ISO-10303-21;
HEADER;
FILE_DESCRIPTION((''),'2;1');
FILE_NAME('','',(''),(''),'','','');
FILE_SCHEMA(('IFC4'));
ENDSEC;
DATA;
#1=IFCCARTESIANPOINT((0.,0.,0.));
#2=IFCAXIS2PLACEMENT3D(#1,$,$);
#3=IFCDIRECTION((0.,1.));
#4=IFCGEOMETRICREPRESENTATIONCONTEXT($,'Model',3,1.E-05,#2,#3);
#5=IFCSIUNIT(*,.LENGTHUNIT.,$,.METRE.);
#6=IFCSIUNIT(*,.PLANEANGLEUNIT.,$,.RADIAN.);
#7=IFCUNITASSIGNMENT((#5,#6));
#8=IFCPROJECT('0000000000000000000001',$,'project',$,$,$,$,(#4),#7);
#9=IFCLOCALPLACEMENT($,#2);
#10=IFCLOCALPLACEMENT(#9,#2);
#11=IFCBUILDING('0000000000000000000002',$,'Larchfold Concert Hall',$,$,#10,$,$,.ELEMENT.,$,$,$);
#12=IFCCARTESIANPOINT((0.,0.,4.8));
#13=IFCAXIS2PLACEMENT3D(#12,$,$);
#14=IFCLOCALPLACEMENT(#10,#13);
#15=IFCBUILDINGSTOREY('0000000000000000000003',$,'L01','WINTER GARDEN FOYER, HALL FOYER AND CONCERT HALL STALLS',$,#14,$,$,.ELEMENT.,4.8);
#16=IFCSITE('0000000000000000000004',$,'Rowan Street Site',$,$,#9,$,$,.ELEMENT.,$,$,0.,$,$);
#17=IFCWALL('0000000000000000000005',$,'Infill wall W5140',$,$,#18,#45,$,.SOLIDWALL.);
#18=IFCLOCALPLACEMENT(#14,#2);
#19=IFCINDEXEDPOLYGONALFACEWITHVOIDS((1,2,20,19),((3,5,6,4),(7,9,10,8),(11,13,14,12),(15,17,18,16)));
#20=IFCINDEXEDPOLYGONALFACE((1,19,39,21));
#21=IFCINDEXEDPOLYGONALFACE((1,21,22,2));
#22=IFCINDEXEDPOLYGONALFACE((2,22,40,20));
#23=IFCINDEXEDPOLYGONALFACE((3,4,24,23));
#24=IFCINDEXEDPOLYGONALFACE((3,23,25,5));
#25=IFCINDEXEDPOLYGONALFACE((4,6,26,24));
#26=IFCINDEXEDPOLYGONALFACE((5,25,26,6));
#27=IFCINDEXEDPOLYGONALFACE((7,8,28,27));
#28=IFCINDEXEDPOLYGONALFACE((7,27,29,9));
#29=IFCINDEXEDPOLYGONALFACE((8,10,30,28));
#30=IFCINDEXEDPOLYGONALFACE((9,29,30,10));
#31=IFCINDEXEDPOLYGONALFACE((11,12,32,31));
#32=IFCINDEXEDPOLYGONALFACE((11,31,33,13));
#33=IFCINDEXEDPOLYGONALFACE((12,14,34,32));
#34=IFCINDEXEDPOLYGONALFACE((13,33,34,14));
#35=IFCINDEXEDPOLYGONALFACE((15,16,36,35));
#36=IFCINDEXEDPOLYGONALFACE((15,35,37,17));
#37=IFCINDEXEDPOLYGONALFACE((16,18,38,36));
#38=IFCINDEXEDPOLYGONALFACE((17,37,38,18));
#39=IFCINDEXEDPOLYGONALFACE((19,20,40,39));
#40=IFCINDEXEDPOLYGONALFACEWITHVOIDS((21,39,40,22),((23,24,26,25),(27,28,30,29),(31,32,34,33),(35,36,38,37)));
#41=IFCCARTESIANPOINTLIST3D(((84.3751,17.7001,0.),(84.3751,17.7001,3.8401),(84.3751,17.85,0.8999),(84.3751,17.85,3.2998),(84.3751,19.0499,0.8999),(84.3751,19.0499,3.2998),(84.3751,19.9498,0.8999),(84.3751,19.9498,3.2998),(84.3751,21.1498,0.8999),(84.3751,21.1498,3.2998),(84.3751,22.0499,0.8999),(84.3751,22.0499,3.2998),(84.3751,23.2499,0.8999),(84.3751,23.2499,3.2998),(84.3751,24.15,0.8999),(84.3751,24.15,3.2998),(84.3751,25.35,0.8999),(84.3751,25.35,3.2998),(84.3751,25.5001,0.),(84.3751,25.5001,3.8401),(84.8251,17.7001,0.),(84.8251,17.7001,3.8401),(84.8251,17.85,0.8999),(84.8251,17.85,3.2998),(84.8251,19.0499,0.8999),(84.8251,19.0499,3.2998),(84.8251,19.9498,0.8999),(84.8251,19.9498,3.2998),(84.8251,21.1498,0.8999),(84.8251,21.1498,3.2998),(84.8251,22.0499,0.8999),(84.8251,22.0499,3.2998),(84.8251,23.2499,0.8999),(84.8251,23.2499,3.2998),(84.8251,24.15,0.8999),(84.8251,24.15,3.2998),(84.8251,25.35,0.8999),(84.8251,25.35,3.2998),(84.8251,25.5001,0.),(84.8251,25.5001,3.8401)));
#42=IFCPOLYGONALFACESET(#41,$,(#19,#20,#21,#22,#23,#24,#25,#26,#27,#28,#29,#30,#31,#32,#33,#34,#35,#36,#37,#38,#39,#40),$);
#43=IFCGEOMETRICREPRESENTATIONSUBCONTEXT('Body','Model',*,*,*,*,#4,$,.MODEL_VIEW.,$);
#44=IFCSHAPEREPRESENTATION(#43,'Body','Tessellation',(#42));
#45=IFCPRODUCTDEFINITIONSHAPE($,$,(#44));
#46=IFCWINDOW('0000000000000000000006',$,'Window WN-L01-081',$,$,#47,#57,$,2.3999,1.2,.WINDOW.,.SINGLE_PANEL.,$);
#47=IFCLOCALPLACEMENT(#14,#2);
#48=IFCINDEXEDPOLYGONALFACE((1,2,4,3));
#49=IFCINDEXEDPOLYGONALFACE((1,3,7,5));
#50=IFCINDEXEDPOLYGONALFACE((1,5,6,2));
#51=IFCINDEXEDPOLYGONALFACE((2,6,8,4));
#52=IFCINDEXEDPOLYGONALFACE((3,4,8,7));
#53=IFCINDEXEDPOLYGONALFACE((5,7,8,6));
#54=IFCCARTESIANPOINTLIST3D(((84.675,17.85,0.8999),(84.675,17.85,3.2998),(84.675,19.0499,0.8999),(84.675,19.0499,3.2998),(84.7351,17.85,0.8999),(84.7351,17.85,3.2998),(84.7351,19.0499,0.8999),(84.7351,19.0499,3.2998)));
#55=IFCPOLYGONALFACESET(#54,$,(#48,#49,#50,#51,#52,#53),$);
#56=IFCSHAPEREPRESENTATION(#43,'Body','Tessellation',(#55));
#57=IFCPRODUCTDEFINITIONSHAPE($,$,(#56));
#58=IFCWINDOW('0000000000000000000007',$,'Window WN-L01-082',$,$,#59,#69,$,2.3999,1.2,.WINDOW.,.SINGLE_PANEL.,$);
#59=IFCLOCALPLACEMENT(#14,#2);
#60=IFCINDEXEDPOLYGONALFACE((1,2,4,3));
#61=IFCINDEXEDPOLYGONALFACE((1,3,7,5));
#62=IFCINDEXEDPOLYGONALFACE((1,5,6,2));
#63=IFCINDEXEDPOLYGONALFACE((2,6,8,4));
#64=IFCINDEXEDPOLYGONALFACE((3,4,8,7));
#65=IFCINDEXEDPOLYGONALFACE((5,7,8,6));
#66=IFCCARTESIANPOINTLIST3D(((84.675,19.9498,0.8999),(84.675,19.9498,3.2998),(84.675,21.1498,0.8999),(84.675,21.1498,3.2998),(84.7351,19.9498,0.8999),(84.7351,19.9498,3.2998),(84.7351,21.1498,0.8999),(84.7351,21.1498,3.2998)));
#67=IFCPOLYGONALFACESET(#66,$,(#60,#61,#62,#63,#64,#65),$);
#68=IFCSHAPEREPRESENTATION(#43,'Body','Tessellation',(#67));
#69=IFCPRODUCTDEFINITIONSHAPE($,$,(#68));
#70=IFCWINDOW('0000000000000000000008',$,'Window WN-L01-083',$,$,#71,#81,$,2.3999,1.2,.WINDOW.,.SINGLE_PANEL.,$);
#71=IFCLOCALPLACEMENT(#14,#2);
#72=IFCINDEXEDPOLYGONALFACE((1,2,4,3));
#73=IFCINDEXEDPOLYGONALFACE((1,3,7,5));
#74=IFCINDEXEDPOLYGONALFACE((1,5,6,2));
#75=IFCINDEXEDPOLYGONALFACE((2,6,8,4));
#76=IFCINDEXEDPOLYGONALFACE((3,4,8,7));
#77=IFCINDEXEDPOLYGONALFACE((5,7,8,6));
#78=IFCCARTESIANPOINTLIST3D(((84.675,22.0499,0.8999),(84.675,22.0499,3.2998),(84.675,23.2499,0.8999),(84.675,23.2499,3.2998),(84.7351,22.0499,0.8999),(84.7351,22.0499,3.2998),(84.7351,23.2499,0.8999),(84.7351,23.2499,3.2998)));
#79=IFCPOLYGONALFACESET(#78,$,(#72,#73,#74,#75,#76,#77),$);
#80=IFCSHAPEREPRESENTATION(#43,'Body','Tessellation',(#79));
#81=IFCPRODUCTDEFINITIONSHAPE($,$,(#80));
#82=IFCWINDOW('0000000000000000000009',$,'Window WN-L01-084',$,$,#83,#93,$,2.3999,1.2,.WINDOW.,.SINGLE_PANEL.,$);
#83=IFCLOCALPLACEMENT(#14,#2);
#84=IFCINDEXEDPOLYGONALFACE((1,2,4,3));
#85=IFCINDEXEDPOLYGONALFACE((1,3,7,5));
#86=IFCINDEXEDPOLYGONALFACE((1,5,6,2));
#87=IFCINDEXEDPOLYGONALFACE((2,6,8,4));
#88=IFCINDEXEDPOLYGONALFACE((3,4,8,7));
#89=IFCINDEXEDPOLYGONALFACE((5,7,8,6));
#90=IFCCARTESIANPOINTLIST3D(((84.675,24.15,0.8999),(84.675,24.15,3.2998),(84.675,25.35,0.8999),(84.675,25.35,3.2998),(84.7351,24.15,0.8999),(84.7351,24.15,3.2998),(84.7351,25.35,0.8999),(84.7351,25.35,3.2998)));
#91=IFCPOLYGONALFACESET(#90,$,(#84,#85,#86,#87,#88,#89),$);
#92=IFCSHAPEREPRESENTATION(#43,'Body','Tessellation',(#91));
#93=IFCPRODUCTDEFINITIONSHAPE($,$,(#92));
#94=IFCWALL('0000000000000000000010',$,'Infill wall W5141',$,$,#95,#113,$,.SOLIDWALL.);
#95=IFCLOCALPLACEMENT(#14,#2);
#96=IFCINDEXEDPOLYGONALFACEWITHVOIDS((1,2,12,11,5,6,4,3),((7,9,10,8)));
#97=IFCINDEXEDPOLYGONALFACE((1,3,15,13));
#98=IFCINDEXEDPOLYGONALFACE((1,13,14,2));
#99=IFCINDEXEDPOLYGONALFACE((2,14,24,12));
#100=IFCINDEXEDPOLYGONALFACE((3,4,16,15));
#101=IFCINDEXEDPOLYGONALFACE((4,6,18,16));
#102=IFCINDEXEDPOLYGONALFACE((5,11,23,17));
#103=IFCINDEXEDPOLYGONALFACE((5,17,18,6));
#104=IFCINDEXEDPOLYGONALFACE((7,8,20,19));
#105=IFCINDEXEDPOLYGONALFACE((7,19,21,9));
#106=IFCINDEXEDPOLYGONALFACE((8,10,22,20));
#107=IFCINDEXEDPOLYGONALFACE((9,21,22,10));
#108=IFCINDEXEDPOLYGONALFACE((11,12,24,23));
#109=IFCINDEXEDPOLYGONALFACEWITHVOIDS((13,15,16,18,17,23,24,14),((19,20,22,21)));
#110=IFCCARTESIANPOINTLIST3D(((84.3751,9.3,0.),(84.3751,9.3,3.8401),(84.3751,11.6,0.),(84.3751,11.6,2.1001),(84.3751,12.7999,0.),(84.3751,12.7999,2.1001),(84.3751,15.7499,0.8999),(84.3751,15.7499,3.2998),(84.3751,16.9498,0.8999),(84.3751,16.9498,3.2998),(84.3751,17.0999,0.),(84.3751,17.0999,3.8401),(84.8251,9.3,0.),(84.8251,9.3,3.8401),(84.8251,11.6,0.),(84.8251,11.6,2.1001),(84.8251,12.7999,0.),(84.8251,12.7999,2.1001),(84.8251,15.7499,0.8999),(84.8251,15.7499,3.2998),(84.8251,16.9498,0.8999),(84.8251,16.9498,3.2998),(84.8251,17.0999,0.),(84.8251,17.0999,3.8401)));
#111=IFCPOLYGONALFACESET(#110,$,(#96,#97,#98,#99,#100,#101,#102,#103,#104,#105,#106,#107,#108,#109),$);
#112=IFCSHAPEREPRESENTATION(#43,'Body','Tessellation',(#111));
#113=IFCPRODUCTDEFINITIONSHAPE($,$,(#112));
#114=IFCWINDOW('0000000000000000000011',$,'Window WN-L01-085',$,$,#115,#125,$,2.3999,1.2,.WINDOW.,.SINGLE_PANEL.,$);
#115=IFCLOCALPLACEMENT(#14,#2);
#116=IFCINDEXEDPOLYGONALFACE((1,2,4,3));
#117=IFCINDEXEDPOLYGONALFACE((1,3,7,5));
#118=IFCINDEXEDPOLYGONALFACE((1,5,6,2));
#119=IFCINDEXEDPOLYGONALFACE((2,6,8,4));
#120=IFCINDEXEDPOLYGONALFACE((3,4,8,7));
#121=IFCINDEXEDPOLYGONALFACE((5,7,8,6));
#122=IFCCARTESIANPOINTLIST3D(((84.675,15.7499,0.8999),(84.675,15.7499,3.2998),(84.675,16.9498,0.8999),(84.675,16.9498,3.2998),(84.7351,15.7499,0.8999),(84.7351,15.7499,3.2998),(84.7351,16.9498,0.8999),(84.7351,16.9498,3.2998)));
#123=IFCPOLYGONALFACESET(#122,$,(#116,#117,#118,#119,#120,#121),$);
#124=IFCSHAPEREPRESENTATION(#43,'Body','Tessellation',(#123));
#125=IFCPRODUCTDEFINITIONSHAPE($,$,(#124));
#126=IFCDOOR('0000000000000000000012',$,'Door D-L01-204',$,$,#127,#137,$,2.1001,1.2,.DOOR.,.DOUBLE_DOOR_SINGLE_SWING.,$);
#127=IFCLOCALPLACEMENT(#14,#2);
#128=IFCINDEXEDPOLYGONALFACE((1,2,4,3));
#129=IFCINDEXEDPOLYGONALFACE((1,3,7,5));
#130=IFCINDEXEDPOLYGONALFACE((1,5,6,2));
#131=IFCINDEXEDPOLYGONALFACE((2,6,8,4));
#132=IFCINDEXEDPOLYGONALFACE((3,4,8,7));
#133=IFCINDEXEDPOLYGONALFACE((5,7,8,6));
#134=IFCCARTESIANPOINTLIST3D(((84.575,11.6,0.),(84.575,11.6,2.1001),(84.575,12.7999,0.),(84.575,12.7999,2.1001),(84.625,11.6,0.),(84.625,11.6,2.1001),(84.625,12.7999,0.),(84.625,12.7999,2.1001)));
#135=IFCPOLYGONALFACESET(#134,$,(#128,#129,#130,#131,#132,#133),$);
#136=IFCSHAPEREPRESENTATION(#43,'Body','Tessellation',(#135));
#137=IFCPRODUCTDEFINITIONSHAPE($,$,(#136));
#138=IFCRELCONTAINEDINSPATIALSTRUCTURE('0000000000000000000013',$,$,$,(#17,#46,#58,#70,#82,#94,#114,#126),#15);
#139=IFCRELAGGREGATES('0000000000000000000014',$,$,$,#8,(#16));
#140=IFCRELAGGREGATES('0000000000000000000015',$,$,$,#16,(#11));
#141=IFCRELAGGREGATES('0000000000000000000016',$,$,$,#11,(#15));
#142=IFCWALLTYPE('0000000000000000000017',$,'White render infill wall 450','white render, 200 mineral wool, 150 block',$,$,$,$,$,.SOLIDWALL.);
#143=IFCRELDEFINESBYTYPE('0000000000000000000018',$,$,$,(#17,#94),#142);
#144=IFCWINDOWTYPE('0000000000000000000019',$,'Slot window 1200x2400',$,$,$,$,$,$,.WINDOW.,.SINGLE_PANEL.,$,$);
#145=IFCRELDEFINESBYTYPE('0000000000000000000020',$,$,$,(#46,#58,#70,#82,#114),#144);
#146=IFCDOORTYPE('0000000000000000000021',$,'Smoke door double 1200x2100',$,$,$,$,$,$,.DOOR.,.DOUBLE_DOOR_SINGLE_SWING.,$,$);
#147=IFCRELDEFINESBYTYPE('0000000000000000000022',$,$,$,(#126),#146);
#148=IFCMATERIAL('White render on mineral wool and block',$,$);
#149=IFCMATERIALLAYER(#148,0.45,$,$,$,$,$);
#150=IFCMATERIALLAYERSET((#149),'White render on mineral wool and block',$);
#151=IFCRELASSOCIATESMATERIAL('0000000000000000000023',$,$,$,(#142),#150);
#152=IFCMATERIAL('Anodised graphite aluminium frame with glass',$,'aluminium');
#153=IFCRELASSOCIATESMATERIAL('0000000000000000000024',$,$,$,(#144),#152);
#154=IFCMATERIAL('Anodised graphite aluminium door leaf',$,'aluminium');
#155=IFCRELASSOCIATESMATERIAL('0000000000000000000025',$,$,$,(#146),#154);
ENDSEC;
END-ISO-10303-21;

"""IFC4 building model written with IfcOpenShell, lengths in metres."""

from ifc_helpers import new_model, si_unit, direction, frame, frame_2d, origin, place, context, subcontext, project, spatial, rectangle, extrude, material, layer, layer_set, type_object, element, fill, save


model = new_model("IFC4")

# Units and contexts
model_context = context("Model", 3, precision=1e-05, world=origin(), true_north=direction((0.0, 1.0)))
body_context = subcontext(model_context, "Body", "Model", "MODEL_VIEW")
ifc_project = project(units=[si_unit("LENGTHUNIT", "METRE"), si_unit("PLANEANGLEUNIT", "RADIAN")], contexts=[model_context])

# Site, building, storey
site_placement = place(None, origin())
site = spatial("IfcSite", under=ifc_project, at=site_placement, Name="Rowan Street Site", CompositionType="ELEMENT", RefElevation=0.0)
building_placement = place(site_placement, origin())
building = spatial("IfcBuilding", under=site, at=building_placement, Name="Larchfold Concert Hall", CompositionType="ELEMENT")
storey_placement = place(building_placement, frame((0.0, 0.0, 4.8)))
storey = spatial("IfcBuildingStorey", under=building, at=storey_placement, Name="L01", Description="WINTER GARDEN FOYER, HALL FOYER AND CONCERT HALL STALLS", CompositionType="ELEMENT", Elevation=4.8)

# Wall, openings, windows
ifc_material_1 = material(Name="White render on mineral wool and block")
ifc_layer_1 = layer(ifc_material_1, 0.45)
ifc_layer_set_1 = layer_set([ifc_layer_1], Name="White render on mineral wool and block")
wall_type_1 = type_object("IfcWallType", Name="White render infill wall 450", Description="white render, 200 mineral wool, 150 block", PredefinedType="SOLIDWALL", material=ifc_layer_set_1)
wall_1_placement = place(storey_placement, frame((84.6001, 25.5, 0.0), z_axis=(0.0, 0.0, 1.0), x_axis=(0.0, -1.0, 0.0)))
wall_1 = element("IfcWall", 1, at=wall_1_placement, inside=storey, type_object=wall_type_1, Name="Infill wall W5140", PredefinedType="SOLIDWALL", context=body_context, shape_type="SweptSolid", body=[
    extrude(rectangle(XDim=7.8, YDim=0.45, at=frame_2d((3.8999, 0.0))), origin(), (0.0, 0.0, 1.0), 3.8401),
])
opening_1_placement = place(wall_1_placement, frame((6.45, 0.0, 0.8999)))
opening_1 = element("IfcOpeningElement", 2, at=opening_1_placement, cuts=wall_1, PredefinedType="OPENING", context=body_context, shape_type="SweptSolid", body=[
    extrude(rectangle(XDim=1.2, YDim=2.3999, at=frame_2d((0.6001, 1.2))), frame((0.0, 0.2349, 0.0), z_axis=(0.0, -1.0, 0.0), x_axis=(1.0, 0.0, 0.0)), (0.0, 0.0, 1.0), 0.47),
])
opening_2_placement = place(wall_1_placement, frame((4.3501, 0.0, 0.8999)))
opening_2 = element("IfcOpeningElement", 3, at=opening_2_placement, cuts=wall_1, PredefinedType="OPENING", context=body_context, shape_type="SweptSolid", body=[
    extrude(rectangle(XDim=1.2, YDim=2.3999, at=frame_2d((0.6001, 1.2))), frame((0.0, 0.2349, 0.0), z_axis=(0.0, -1.0, 0.0), x_axis=(1.0, 0.0, 0.0)), (0.0, 0.0, 1.0), 0.47),
])
opening_3_placement = place(wall_1_placement, frame((2.25, 0.0, 0.8999)))
opening_3 = element("IfcOpeningElement", 4, at=opening_3_placement, cuts=wall_1, PredefinedType="OPENING", context=body_context, shape_type="SweptSolid", body=[
    extrude(rectangle(XDim=1.2, YDim=2.3999, at=frame_2d((0.6001, 1.2))), frame((0.0, 0.2349, 0.0), z_axis=(0.0, -1.0, 0.0), x_axis=(1.0, 0.0, 0.0)), (0.0, 0.0, 1.0), 0.47),
])
opening_4_placement = place(wall_1_placement, frame((0.1499, 0.0, 0.8999)))
opening_4 = element("IfcOpeningElement", 5, at=opening_4_placement, cuts=wall_1, PredefinedType="OPENING", context=body_context, shape_type="SweptSolid", body=[
    extrude(rectangle(XDim=1.2, YDim=2.3999, at=frame_2d((0.6001, 1.2))), frame((0.0, 0.2349, 0.0), z_axis=(0.0, -1.0, 0.0), x_axis=(1.0, 0.0, 0.0)), (0.0, 0.0, 1.0), 0.47),
])
ifc_material_2 = material(Name="Anodised graphite aluminium frame with glass", Category="aluminium")
window_type = type_object("IfcWindowType", Name="Slot window 1200x2400", PartitioningType="SINGLE_PANEL", PredefinedType="WINDOW", material=ifc_material_2)
window_1_placement = place(opening_1_placement, origin())
window_1 = element("IfcWindow", 6, at=window_1_placement, inside=storey, type_object=window_type, Name="Window WN-L01-081", OverallHeight=2.3999, OverallWidth=1.2, PartitioningType="SINGLE_PANEL", PredefinedType="WINDOW", context=body_context, shape_type="SweptSolid", body=[
    extrude(rectangle(XDim=1.2, YDim=2.3999, at=frame_2d((0.6001, 1.2))), frame((0.0, 0.135, 0.0), z_axis=(0.0, -1.0, 0.0), x_axis=(1.0, 0.0, 0.0)), (0.0, 0.0, 1.0), 0.0601),
])
fill(opening_1, window_1)
window_2_placement = place(opening_2_placement, origin())
window_2 = element("IfcWindow", 7, at=window_2_placement, inside=storey, type_object=window_type, Name="Window WN-L01-082", OverallHeight=2.3999, OverallWidth=1.2, PartitioningType="SINGLE_PANEL", PredefinedType="WINDOW", context=body_context, shape_type="SweptSolid", body=[
    extrude(rectangle(XDim=1.2, YDim=2.3999, at=frame_2d((0.6001, 1.2))), frame((0.0, 0.135, 0.0), z_axis=(0.0, -1.0, 0.0), x_axis=(1.0, 0.0, 0.0)), (0.0, 0.0, 1.0), 0.0601),
])
fill(opening_2, window_2)
window_3_placement = place(opening_3_placement, origin())
window_3 = element("IfcWindow", 8, at=window_3_placement, inside=storey, type_object=window_type, Name="Window WN-L01-083", OverallHeight=2.3999, OverallWidth=1.2, PartitioningType="SINGLE_PANEL", PredefinedType="WINDOW", context=body_context, shape_type="SweptSolid", body=[
    extrude(rectangle(XDim=1.2, YDim=2.3999, at=frame_2d((0.6001, 1.2))), frame((0.0, 0.135, 0.0), z_axis=(0.0, -1.0, 0.0), x_axis=(1.0, 0.0, 0.0)), (0.0, 0.0, 1.0), 0.0601),
])
fill(opening_3, window_3)
window_4_placement = place(opening_4_placement, origin())
window_4 = element("IfcWindow", 9, at=window_4_placement, inside=storey, type_object=window_type, Name="Window WN-L01-084", OverallHeight=2.3999, OverallWidth=1.2, PartitioningType="SINGLE_PANEL", PredefinedType="WINDOW", context=body_context, shape_type="SweptSolid", body=[
    extrude(rectangle(XDim=1.2, YDim=2.3999, at=frame_2d((0.6001, 1.2))), frame((0.0, 0.135, 0.0), z_axis=(0.0, -1.0, 0.0), x_axis=(1.0, 0.0, 0.0)), (0.0, 0.0, 1.0), 0.0601),
])
fill(opening_4, window_4)

# Wall, openings, window, door
wall_2_placement = place(storey_placement, frame((84.6001, 17.0999, 0.0), z_axis=(0.0, 0.0, 1.0), x_axis=(0.0, -1.0, 0.0)))
wall_2 = element("IfcWall", 10, at=wall_2_placement, inside=storey, type_object=wall_type_1, Name="Infill wall W5141", PredefinedType="SOLIDWALL", context=body_context, shape_type="SweptSolid", body=[
    extrude(rectangle(XDim=7.7998, YDim=0.45, at=frame_2d((3.8999, 0.0))), origin(), (0.0, 0.0, 1.0), 3.8401),
])
opening_5_placement = place(wall_2_placement, frame((0.1499, 0.0, 0.8999)))
opening_5 = element("IfcOpeningElement", 11, at=opening_5_placement, cuts=wall_2, PredefinedType="OPENING", context=body_context, shape_type="SweptSolid", body=[
    extrude(rectangle(XDim=1.2, YDim=2.3999, at=frame_2d((0.6001, 1.2))), frame((0.0, 0.2349, 0.0), z_axis=(0.0, -1.0, 0.0), x_axis=(1.0, 0.0, 0.0)), (0.0, 0.0, 1.0), 0.47),
])
opening_6_placement = place(wall_2_placement, frame((4.2998, 0.0, 0.0)))
opening_6 = element("IfcOpeningElement", 12, at=opening_6_placement, cuts=wall_2, PredefinedType="OPENING", context=body_context, shape_type="SweptSolid", body=[
    extrude(rectangle(XDim=1.2, YDim=2.1001, at=frame_2d((0.6001, 1.05))), frame((0.0, 0.2349, 0.0), z_axis=(0.0, -1.0, 0.0), x_axis=(1.0, 0.0, 0.0)), (0.0, 0.0, 1.0), 0.47),
])
window_5_placement = place(opening_5_placement, origin())
window_5 = element("IfcWindow", 13, at=window_5_placement, inside=storey, type_object=window_type, Name="Window WN-L01-085", OverallHeight=2.3999, OverallWidth=1.2, PartitioningType="SINGLE_PANEL", PredefinedType="WINDOW", context=body_context, shape_type="SweptSolid", body=[
    extrude(rectangle(XDim=1.2, YDim=2.3999, at=frame_2d((0.6001, 1.2))), frame((0.0, 0.135, 0.0), z_axis=(0.0, -1.0, 0.0), x_axis=(1.0, 0.0, 0.0)), (0.0, 0.0, 1.0), 0.0601),
])
fill(opening_5, window_5)
ifc_material_3 = material(Name="Anodised graphite aluminium door leaf", Category="aluminium")
door_type_1 = type_object("IfcDoorType", Name="Smoke door double 1200x2100", OperationType="DOUBLE_DOOR_SINGLE_SWING", PredefinedType="DOOR", material=ifc_material_3)
door_1_placement = place(opening_6_placement, origin())
door_1 = element("IfcDoor", 14, at=door_1_placement, inside=storey, type_object=door_type_1, Name="Door D-L01-204", OperationType="DOUBLE_DOOR_SINGLE_SWING", OverallHeight=2.1001, OverallWidth=1.2, PredefinedType="DOOR", context=body_context, shape_type="SweptSolid", body=[
    extrude(rectangle(XDim=1.2, YDim=2.1001, at=frame_2d((0.6001, 1.05))), frame((0.0, 0.0249, 0.0), z_axis=(0.0, -1.0, 0.0), x_axis=(1.0, 0.0, 0.0)), (0.0, 0.0, 1.0), 0.05),
])
fill(opening_6, door_1)

save(model, "model.ifc")
